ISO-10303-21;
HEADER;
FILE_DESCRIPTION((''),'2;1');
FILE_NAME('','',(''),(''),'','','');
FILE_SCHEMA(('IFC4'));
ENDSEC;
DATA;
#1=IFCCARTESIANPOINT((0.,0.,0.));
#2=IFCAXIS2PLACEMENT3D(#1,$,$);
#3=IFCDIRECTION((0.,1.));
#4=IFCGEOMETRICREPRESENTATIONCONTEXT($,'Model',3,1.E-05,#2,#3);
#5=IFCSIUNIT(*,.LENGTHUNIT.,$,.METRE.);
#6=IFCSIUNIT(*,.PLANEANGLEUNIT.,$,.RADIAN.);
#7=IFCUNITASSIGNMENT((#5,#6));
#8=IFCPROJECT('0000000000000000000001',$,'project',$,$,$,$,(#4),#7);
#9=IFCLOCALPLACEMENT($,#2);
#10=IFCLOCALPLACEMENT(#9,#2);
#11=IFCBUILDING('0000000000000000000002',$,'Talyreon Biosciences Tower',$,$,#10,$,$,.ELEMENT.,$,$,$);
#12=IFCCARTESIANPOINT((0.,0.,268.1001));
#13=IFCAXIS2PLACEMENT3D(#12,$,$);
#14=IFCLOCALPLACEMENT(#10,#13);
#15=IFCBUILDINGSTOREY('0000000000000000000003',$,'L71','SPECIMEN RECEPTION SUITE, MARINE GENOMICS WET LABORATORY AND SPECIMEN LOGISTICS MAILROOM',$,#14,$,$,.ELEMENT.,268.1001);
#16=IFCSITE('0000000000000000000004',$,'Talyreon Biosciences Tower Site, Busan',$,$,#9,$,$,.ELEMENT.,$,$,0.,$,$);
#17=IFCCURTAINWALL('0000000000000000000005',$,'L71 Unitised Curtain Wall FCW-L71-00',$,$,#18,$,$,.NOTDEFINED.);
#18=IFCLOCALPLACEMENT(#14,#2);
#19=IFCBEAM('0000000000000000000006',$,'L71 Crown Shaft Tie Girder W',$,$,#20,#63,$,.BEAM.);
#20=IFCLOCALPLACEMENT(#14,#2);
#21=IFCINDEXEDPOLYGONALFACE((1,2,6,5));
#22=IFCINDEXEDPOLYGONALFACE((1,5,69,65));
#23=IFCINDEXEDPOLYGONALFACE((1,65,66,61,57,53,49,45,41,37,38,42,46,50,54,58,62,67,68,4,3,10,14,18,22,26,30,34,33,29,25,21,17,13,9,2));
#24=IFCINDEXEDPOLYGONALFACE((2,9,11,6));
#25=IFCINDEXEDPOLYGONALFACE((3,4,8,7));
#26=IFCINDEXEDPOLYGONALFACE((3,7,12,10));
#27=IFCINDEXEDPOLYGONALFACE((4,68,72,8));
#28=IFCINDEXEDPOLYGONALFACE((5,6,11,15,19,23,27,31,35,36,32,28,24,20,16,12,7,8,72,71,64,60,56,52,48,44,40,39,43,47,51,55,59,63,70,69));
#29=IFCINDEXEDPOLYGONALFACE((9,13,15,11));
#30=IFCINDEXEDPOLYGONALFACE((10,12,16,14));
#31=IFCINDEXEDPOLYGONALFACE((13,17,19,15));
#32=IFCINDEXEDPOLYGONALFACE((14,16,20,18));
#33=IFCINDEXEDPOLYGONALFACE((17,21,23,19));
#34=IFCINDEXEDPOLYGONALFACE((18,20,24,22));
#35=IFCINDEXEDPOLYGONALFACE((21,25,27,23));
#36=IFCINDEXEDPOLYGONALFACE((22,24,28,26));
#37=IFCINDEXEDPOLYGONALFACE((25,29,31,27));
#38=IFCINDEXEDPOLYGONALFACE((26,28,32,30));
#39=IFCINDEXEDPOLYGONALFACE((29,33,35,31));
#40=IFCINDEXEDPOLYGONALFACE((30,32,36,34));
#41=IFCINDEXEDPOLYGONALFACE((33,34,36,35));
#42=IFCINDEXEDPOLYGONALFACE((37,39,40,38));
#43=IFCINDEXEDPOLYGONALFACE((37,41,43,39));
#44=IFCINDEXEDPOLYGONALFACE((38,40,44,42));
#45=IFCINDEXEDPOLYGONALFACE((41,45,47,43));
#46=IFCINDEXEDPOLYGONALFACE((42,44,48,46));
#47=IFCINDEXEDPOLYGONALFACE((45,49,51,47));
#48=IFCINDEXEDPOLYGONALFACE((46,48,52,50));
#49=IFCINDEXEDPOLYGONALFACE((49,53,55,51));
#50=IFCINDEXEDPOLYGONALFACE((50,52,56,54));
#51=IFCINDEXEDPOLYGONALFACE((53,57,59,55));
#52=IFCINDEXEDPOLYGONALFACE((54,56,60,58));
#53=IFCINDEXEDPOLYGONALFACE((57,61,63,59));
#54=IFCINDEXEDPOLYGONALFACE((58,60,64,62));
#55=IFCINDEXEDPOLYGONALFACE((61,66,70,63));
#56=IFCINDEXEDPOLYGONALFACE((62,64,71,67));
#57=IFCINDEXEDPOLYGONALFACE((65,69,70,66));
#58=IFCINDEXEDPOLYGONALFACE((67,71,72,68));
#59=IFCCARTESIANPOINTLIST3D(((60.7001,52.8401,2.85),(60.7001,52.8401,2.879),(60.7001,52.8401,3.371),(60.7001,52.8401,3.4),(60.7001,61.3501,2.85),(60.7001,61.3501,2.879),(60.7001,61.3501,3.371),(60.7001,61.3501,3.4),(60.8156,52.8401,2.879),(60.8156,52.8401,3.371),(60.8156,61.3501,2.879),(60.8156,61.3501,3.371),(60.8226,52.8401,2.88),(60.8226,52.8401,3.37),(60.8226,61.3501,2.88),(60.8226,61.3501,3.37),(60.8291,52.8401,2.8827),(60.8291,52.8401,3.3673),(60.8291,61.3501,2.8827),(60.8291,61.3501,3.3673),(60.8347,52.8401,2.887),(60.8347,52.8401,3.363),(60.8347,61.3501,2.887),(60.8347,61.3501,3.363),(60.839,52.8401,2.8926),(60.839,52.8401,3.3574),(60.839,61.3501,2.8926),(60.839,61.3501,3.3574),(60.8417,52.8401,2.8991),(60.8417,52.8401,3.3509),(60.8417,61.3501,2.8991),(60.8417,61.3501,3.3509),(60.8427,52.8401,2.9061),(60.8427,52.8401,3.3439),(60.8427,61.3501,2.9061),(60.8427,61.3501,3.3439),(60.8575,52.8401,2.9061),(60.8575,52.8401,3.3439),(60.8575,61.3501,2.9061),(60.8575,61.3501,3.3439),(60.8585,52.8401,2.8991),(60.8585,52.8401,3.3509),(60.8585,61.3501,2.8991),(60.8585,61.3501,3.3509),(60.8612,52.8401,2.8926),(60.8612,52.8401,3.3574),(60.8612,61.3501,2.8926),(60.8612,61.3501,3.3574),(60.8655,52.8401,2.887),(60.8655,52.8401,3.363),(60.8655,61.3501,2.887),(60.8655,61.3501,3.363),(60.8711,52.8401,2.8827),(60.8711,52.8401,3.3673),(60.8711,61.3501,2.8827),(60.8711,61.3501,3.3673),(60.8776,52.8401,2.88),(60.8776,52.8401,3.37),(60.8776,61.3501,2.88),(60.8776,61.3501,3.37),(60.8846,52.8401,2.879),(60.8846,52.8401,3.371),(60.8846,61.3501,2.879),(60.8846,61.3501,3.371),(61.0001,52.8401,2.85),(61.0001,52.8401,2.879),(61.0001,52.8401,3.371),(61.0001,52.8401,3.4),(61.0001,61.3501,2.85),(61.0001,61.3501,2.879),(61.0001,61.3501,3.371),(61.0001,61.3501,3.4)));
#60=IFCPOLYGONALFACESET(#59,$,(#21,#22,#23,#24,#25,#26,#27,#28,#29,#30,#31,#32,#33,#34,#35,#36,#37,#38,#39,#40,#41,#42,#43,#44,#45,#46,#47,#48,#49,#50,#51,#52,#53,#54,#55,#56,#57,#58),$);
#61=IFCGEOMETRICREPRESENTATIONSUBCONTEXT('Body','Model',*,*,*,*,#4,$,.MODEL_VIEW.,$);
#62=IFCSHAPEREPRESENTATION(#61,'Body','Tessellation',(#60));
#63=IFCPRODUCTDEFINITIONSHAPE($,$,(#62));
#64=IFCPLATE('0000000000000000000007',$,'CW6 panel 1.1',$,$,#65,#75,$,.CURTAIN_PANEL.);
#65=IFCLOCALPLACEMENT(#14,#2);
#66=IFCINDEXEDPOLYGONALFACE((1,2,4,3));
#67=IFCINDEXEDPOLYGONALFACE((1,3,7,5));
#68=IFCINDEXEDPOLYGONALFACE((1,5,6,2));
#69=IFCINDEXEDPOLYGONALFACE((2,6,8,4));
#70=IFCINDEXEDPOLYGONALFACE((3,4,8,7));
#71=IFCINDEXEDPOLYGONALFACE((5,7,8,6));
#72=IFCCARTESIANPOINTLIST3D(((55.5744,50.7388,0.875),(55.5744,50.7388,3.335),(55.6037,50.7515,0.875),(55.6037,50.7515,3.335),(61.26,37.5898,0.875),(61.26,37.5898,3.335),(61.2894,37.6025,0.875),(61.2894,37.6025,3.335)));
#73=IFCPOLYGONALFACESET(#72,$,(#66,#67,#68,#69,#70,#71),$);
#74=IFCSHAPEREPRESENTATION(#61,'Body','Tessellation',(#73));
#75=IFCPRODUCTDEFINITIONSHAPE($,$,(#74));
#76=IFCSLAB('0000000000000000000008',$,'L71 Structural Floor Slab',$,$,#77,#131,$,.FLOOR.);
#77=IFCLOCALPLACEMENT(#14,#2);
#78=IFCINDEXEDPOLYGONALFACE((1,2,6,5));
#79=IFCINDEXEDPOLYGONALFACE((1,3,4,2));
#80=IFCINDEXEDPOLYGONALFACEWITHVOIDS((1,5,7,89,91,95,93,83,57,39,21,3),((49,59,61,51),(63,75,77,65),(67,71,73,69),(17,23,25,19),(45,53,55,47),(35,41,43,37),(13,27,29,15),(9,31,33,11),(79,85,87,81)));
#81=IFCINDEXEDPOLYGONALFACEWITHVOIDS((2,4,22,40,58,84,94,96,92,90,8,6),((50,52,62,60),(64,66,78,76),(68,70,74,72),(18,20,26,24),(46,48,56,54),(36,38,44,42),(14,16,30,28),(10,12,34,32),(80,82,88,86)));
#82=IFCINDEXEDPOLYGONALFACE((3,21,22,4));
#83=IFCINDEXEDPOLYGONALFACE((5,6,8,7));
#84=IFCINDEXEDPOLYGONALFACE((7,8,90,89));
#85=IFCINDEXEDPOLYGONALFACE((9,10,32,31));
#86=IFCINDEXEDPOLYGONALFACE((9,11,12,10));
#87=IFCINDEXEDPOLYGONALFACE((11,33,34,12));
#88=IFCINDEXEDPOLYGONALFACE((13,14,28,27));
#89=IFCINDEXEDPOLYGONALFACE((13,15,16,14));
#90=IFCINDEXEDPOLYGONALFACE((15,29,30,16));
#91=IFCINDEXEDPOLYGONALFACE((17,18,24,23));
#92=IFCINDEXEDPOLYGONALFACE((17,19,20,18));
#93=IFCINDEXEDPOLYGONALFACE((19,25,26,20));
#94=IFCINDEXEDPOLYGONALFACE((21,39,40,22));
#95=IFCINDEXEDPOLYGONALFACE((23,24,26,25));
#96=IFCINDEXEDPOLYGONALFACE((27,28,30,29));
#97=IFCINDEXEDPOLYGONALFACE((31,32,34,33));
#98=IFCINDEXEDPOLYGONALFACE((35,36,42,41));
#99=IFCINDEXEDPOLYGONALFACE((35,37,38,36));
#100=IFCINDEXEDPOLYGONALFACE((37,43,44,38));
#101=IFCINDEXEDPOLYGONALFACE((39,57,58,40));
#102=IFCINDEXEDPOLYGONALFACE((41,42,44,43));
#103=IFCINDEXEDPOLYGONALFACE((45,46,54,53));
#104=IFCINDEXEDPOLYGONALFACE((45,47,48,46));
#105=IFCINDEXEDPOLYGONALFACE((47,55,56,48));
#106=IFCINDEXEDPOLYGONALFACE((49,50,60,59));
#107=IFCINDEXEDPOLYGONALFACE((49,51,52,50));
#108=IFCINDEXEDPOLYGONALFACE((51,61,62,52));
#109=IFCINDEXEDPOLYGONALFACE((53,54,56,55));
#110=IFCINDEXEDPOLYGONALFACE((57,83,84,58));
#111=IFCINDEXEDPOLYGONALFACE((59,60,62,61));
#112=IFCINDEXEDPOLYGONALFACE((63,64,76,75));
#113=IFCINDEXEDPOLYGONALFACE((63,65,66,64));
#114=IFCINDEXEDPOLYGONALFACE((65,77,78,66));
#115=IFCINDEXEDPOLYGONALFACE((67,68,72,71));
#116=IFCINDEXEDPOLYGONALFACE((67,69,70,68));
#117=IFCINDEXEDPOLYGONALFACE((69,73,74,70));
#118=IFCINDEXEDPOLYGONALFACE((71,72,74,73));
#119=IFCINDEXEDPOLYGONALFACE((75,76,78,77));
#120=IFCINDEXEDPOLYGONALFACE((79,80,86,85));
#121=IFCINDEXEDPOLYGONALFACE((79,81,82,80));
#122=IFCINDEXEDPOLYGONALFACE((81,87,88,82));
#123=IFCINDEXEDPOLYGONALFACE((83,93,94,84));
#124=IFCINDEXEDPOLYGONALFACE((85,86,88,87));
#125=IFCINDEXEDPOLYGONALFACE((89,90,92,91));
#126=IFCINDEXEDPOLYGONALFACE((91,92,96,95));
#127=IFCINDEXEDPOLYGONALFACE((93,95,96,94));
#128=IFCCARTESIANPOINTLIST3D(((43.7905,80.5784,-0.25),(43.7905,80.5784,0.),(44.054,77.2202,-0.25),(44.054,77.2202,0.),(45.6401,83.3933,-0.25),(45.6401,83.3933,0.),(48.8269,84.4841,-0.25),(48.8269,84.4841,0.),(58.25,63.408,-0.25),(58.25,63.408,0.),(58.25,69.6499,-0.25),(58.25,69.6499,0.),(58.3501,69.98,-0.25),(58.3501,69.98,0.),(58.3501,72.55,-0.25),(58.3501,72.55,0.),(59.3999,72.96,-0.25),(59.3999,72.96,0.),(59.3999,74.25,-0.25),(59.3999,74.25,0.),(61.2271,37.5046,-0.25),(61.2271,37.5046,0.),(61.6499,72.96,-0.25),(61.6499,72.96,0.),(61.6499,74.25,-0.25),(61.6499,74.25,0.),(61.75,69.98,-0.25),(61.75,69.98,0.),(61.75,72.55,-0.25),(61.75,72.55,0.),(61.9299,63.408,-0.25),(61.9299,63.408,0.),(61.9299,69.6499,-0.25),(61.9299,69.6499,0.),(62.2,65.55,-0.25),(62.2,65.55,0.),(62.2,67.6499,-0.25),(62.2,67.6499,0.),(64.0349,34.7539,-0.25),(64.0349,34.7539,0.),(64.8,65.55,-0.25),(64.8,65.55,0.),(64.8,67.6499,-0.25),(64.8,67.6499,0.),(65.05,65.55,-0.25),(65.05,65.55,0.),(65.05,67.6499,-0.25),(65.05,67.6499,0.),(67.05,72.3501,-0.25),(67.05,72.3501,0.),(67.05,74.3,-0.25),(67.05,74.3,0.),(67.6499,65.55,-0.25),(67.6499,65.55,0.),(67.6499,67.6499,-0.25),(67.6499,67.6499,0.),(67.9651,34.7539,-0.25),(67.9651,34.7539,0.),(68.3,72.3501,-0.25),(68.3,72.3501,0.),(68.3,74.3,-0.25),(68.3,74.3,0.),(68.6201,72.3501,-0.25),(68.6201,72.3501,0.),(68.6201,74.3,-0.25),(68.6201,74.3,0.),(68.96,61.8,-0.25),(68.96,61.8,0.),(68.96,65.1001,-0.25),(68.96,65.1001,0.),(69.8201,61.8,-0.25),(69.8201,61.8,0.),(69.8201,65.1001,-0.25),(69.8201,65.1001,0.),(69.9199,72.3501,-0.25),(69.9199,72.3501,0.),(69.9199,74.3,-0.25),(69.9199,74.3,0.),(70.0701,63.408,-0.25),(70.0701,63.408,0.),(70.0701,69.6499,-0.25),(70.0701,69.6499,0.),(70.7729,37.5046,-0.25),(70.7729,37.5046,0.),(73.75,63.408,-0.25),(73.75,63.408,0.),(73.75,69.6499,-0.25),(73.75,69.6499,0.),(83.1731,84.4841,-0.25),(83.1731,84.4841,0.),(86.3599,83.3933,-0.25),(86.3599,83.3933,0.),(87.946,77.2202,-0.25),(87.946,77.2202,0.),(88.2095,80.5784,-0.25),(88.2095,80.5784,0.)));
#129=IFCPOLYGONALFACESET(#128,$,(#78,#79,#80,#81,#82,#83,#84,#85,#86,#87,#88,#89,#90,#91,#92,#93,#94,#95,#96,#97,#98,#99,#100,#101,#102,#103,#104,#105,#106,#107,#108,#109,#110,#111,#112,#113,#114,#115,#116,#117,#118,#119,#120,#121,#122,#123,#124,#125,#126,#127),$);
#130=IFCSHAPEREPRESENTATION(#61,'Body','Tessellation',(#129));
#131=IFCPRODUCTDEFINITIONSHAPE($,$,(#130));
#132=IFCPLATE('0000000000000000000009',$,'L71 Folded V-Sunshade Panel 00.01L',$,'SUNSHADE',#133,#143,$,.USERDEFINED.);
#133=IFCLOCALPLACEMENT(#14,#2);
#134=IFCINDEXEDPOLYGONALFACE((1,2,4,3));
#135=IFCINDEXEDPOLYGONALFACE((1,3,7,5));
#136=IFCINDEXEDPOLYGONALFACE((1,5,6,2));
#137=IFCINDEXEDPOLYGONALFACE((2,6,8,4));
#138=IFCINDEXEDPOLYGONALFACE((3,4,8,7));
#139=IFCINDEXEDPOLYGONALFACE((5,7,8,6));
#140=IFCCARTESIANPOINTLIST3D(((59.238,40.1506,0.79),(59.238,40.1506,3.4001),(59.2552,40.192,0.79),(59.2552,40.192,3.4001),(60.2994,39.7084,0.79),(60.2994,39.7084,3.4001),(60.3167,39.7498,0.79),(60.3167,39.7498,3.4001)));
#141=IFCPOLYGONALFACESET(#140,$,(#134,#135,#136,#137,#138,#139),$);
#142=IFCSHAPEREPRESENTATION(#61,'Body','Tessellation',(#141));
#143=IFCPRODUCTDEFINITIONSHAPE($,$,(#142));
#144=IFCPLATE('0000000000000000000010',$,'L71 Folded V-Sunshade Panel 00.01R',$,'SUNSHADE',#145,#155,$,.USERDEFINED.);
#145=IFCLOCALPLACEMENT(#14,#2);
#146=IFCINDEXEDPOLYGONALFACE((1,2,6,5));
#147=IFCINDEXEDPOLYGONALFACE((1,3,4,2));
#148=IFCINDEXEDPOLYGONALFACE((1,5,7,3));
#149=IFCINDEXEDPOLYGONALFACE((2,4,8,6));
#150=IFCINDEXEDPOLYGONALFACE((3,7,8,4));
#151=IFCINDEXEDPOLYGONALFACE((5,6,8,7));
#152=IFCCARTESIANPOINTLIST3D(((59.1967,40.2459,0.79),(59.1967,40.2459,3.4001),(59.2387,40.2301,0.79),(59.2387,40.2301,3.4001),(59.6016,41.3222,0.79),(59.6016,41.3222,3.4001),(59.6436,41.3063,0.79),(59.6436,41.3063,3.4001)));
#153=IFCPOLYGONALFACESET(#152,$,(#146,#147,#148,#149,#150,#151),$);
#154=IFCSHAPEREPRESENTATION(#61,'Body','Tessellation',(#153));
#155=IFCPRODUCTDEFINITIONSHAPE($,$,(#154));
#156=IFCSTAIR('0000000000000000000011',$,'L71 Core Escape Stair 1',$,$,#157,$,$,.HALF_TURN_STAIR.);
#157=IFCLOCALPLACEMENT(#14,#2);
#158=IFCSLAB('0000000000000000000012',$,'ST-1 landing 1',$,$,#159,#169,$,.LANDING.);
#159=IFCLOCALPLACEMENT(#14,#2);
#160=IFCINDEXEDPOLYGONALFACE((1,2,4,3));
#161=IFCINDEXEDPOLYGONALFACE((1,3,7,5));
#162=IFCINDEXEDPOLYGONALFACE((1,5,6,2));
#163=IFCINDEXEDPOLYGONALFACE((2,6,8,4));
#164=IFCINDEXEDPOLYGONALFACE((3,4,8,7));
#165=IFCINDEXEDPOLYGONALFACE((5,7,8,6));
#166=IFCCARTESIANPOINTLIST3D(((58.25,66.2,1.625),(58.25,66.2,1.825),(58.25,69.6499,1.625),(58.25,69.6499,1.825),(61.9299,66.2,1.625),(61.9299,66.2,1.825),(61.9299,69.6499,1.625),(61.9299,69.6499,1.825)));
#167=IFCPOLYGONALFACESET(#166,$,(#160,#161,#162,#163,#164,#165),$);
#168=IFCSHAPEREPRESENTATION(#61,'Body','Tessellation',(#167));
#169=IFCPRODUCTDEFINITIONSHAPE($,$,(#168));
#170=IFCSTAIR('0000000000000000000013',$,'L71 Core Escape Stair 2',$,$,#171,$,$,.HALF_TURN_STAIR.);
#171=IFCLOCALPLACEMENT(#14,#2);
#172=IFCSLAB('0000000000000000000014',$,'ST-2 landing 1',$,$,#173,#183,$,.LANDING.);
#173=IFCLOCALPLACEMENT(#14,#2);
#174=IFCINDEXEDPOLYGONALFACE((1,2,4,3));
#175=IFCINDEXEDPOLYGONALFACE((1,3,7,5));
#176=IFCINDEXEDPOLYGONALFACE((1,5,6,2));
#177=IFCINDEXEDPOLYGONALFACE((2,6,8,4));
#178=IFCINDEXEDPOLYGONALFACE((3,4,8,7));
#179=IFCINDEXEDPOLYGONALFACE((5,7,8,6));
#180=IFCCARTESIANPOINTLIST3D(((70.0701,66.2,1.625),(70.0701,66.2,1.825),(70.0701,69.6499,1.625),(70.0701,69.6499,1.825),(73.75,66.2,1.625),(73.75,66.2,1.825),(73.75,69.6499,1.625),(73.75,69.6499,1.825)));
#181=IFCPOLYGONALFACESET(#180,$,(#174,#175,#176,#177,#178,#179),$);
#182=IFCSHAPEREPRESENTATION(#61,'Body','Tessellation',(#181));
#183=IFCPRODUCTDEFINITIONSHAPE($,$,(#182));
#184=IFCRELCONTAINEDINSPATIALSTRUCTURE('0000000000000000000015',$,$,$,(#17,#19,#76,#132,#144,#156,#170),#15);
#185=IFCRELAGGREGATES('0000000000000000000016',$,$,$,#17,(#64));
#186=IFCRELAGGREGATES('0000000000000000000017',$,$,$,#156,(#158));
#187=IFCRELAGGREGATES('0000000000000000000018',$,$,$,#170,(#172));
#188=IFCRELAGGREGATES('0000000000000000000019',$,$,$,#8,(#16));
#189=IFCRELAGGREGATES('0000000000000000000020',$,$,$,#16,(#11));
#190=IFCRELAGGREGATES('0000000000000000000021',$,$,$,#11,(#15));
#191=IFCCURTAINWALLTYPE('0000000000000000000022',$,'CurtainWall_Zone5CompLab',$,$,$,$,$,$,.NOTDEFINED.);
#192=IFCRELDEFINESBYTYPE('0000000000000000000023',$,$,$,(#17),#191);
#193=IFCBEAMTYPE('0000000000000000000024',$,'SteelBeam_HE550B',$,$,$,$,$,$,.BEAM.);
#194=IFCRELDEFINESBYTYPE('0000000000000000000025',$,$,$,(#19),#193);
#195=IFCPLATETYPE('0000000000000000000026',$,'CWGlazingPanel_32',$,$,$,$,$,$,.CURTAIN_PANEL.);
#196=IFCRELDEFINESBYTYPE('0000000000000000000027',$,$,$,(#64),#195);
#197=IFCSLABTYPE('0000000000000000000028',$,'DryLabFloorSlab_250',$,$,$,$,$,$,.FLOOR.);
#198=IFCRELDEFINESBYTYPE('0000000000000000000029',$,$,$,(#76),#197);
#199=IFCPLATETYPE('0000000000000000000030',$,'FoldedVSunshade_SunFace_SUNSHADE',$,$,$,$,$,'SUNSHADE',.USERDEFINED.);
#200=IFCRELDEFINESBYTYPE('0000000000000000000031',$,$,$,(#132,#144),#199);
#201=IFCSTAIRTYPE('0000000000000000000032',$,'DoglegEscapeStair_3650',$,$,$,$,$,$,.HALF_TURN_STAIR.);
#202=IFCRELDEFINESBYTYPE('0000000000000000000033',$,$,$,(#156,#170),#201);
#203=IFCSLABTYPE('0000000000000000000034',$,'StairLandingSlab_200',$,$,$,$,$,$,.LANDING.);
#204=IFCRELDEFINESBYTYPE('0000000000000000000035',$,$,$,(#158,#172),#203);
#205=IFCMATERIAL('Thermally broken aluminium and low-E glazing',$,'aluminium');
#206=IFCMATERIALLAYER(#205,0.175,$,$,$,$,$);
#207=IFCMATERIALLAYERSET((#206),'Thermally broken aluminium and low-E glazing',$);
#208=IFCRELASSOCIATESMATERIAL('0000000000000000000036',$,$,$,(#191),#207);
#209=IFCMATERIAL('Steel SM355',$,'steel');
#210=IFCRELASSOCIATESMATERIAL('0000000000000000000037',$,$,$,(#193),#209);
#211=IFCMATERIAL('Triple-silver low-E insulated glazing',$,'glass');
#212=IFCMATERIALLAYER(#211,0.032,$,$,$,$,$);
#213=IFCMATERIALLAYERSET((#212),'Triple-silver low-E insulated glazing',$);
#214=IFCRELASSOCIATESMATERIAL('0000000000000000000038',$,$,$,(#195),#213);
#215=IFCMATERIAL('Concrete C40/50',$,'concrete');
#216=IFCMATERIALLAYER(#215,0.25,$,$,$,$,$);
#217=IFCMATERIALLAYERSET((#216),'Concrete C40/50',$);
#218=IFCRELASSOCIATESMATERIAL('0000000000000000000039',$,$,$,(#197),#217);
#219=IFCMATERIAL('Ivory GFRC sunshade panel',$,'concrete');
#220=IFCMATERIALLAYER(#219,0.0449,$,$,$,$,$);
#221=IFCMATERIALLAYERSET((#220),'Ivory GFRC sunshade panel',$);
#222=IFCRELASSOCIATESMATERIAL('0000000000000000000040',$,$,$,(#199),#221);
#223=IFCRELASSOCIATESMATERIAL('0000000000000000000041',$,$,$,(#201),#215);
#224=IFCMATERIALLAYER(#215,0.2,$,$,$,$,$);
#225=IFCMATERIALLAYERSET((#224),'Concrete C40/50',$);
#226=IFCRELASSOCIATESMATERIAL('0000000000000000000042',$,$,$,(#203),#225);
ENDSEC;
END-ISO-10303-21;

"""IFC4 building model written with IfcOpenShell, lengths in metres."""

from ifc_helpers import new_model, si_unit, direction, frame, origin, origin_2d, place, context, subcontext, project, spatial, polyline, rectangle, i_section, outline, extrude, material, layer, layer_set, material_profile, profile_set, type_object, element, aggregate, save


model = new_model("IFC4")

# Units and contexts
model_context = context("Model", 3, precision=1e-05, world=origin(), true_north=direction((0.0, 1.0)))
body_context = subcontext(model_context, "Body", "Model", "MODEL_VIEW")
ifc_project = project(units=[si_unit("LENGTHUNIT", "METRE"), si_unit("PLANEANGLEUNIT", "RADIAN")], contexts=[model_context])

# Site, building, storey
site_placement = place(None, origin())
site = spatial("IfcSite", under=ifc_project, at=site_placement, Name="Talyreon Biosciences Tower Site, Busan", CompositionType="ELEMENT", RefElevation=0.0)
building_placement = place(site_placement, origin())
building = spatial("IfcBuilding", under=site, at=building_placement, Name="Talyreon Biosciences Tower", CompositionType="ELEMENT")
storey_placement = place(building_placement, frame((0.0, 0.0, 268.1001)))
storey = spatial("IfcBuildingStorey", under=building, at=storey_placement, Name="L71", Description="SPECIMEN RECEPTION SUITE, MARINE GENOMICS WET LABORATORY AND SPECIMEN LOGISTICS MAILROOM", CompositionType="ELEMENT", Elevation=268.1001)

# Curtain wall
ifc_material_1 = material(Name="Thermally broken aluminium and low-E glazing", Category="aluminium")
ifc_layer_1 = layer(ifc_material_1, 0.175)
ifc_layer_set_1 = layer_set([ifc_layer_1], Name="Thermally broken aluminium and low-E glazing")
curtain_wall_type = type_object("IfcCurtainWallType", Name="CurtainWall_Zone5CompLab", PredefinedType="NOTDEFINED", material=ifc_layer_set_1)
curtain_wall_placement = place(storey_placement, origin())
curtain_wall = element("IfcCurtainWall", 1, at=curtain_wall_placement, inside=storey, type_object=curtain_wall_type, Name="L71 Unitised Curtain Wall FCW-L71-00", PredefinedType="NOTDEFINED")

# Beam
ifc_material_2 = material(Name="Steel SM355", Category="steel")
ifc_material_profile_1 = material_profile(ifc_material_2, i_section(OverallWidth=0.3, OverallDepth=0.55, WebThickness=0.0149, FlangeThickness=0.0291, FilletRadius=0.0271, at=origin_2d()), Name="HE550B")
ifc_profile_set_1 = profile_set([ifc_material_profile_1], Name="Steel SM355")
beam_type_1 = type_object("IfcBeamType", Name="SteelBeam_HE550B", PredefinedType="BEAM", material=ifc_profile_set_1)
beam_1_placement = place(storey_placement, frame((60.8501, 52.8401, 3.125), z_axis=(0.0, 1.0, 0.0), x_axis=(-1.0, 0.0, 0.0)))
element("IfcBeam", 2, at=beam_1_placement, inside=storey, type_object=beam_type_1, Name="L71 Crown Shaft Tie Girder W", PredefinedType="BEAM", context=body_context, shape_type="SweptSolid", body=[
    extrude(i_section(OverallWidth=0.3, OverallDepth=0.55, WebThickness=0.0149, FlangeThickness=0.0291, FilletRadius=0.0271, at=origin_2d()), origin(), (0.0, 0.0, 1.0), 8.51),
])

# Plate
ifc_material_3 = material(Name="Triple-silver low-E insulated glazing", Category="glass")
ifc_layer_2 = layer(ifc_material_3, 0.032)
ifc_layer_set_2 = layer_set([ifc_layer_2], Name="Triple-silver low-E insulated glazing")
plate_type_1 = type_object("IfcPlateType", Name="CWGlazingPanel_32", PredefinedType="CURTAIN_PANEL", material=ifc_layer_set_2)
plate_placement = place(storey_placement, frame((58.4319, 44.1707, 0.875), z_axis=(0.0, 0.0, 1.0), x_axis=(-0.396887, 0.917868, 0.0)))
plate = element("IfcPlate", 3, at=plate_placement, type_object=plate_type_1, Name="CW6 panel 1.1", PredefinedType="CURTAIN_PANEL", context=body_context, shape_type="SweptSolid", body=[
    extrude(rectangle(XDim=14.3257, YDim=0.032, at=origin_2d()), origin(), (0.0, 0.0, 1.0), 2.46),
])
aggregate(curtain_wall, [plate])

# Slab
ifc_material_4 = material(Name="Concrete C40/50", Category="concrete")
ifc_layer_3 = layer(ifc_material_4, 0.25)
ifc_layer_set_3 = layer_set([ifc_layer_3], Name="Concrete C40/50")
slab_type_1 = type_object("IfcSlabType", Name="DryLabFloorSlab_250", PredefinedType="FLOOR", material=ifc_layer_set_3)
slab_1_placement = place(storey_placement, frame((0.0, 0.0, -0.25)))
element("IfcSlab", 4, at=slab_1_placement, inside=storey, type_object=slab_type_1, Name="L71 Structural Floor Slab", PredefinedType="FLOOR", context=body_context, shape_type="SweptSolid", body=[
    extrude(outline(polyline([(61.2271, 37.5046), (44.054, 77.2202), (43.7905, 80.5784), (45.6401, 83.3933), (48.8269, 84.4841), (83.1731, 84.4841), (86.3599, 83.3933), (88.2095, 80.5784), (87.946, 77.2202), (70.7729, 37.5046), (67.9651, 34.7539), (64.0349, 34.7539), (61.2271, 37.5046)]), holes=[polyline([(69.8201, 65.1001), (69.8201, 61.8), (68.96, 61.8), (68.96, 65.1001), (69.8201, 65.1001)]), polyline([(61.9299, 69.6499), (61.9299, 63.408), (58.25, 63.408), (58.25, 69.6499), (61.9299, 69.6499)]), polyline([(73.75, 69.6499), (73.75, 63.408), (70.0701, 63.408), (70.0701, 69.6499), (73.75, 69.6499)]), polyline([(64.8, 67.6499), (64.8, 65.55), (62.2, 65.55), (62.2, 67.6499), (64.8, 67.6499)]), polyline([(67.6499, 67.6499), (67.6499, 65.55), (65.05, 65.55), (65.05, 67.6499), (67.6499, 67.6499)]), polyline([(61.75, 72.55), (61.75, 69.98), (58.3501, 69.98), (58.3501, 72.55), (61.75, 72.55)]), polyline([(68.3, 74.3), (68.3, 72.3501), (67.05, 72.3501), (67.05, 74.3), (68.3, 74.3)]), polyline([(69.9199, 72.3501), (68.6201, 72.3501), (68.6201, 74.3), (69.9199, 74.3), (69.9199, 72.3501)]), polyline([(61.6499, 72.96), (59.3999, 72.96), (59.3999, 74.25), (61.6499, 74.25), (61.6499, 72.96)])]), origin(), (0.0, 0.0, 1.0), 0.25),
])

# Plates
ifc_material_5 = material(Name="Ivory GFRC sunshade panel", Category="concrete")
ifc_layer_4 = layer(ifc_material_5, 0.0449)
ifc_layer_set_4 = layer_set([ifc_layer_4], Name="Ivory GFRC sunshade panel")
plate_type_2 = type_object("IfcPlateType", Name="FoldedVSunshade_SunFace_SUNSHADE", ElementType="SUNSHADE", PredefinedType="USERDEFINED", material=ifc_layer_set_4)
for number, where, z_axis, x_axis, name in (
    (5, (59.7773, 39.9502, 0.79), (0.0, 0.0, 1.0), (-0.923103, 0.384553, 0.0), "L71 Folded V-Sunshade Panel 00.01L"),
    (6, (59.4202, 40.7761, 0.79), (0.0, 0.0, 1.0), (0.352103, 0.935961, 0.0), "L71 Folded V-Sunshade Panel 00.01R"),
):
    element("IfcPlate", number, at=place(storey_placement, frame(where, z_axis=z_axis, x_axis=x_axis)), inside=storey, type_object=plate_type_2, Name=name, ObjectType="SUNSHADE", PredefinedType="USERDEFINED", context=body_context, shape_type="SweptSolid", body=[
        extrude(rectangle(XDim=1.1499, YDim=0.0449, at=origin_2d()), origin(), (0.0, 0.0, 1.0), 2.6101),
    ])

# Stairs, slabs
stair_type = type_object("IfcStairType", Name="DoglegEscapeStair_3650", PredefinedType="HALF_TURN_STAIR", material=ifc_material_4)
stair_1_placement = place(storey_placement, origin())
stair_1 = element("IfcStair", 7, at=stair_1_placement, inside=storey, type_object=stair_type, Name="L71 Core Escape Stair 1", PredefinedType="HALF_TURN_STAIR")
ifc_layer_5 = layer(ifc_material_4, 0.2)
ifc_layer_set_5 = layer_set([ifc_layer_5], Name="Concrete C40/50")
slab_type_2 = type_object("IfcSlabType", Name="StairLandingSlab_200", PredefinedType="LANDING", material=ifc_layer_set_5)
slab_2_placement = place(storey_placement, frame((0.0, 0.0, 1.625)))
slab_2 = element("IfcSlab", 8, at=slab_2_placement, type_object=slab_type_2, Name="ST-1 landing 1", PredefinedType="LANDING", context=body_context, shape_type="SweptSolid", body=[
    extrude(outline(polyline([(61.9299, 66.2), (61.9299, 69.6499), (58.25, 69.6499), (58.25, 66.2), (61.9299, 66.2)])), origin(), (0.0, 0.0, 1.0), 0.2),
])
aggregate(stair_1, [slab_2])
stair_2_placement = place(storey_placement, origin())
stair_2 = element("IfcStair", 9, at=stair_2_placement, inside=storey, type_object=stair_type, Name="L71 Core Escape Stair 2", PredefinedType="HALF_TURN_STAIR")
slab_3_placement = place(storey_placement, frame((0.0, 0.0, 1.625)))
slab_3 = element("IfcSlab", 10, at=slab_3_placement, type_object=slab_type_2, Name="ST-2 landing 1", PredefinedType="LANDING", context=body_context, shape_type="SweptSolid", body=[
    extrude(outline(polyline([(73.75, 66.2), (73.75, 69.6499), (70.0701, 69.6499), (70.0701, 66.2), (73.75, 66.2)])), origin(), (0.0, 0.0, 1.0), 0.2),
])
aggregate(stair_2, [slab_3])

save(model, "model.ifc")
